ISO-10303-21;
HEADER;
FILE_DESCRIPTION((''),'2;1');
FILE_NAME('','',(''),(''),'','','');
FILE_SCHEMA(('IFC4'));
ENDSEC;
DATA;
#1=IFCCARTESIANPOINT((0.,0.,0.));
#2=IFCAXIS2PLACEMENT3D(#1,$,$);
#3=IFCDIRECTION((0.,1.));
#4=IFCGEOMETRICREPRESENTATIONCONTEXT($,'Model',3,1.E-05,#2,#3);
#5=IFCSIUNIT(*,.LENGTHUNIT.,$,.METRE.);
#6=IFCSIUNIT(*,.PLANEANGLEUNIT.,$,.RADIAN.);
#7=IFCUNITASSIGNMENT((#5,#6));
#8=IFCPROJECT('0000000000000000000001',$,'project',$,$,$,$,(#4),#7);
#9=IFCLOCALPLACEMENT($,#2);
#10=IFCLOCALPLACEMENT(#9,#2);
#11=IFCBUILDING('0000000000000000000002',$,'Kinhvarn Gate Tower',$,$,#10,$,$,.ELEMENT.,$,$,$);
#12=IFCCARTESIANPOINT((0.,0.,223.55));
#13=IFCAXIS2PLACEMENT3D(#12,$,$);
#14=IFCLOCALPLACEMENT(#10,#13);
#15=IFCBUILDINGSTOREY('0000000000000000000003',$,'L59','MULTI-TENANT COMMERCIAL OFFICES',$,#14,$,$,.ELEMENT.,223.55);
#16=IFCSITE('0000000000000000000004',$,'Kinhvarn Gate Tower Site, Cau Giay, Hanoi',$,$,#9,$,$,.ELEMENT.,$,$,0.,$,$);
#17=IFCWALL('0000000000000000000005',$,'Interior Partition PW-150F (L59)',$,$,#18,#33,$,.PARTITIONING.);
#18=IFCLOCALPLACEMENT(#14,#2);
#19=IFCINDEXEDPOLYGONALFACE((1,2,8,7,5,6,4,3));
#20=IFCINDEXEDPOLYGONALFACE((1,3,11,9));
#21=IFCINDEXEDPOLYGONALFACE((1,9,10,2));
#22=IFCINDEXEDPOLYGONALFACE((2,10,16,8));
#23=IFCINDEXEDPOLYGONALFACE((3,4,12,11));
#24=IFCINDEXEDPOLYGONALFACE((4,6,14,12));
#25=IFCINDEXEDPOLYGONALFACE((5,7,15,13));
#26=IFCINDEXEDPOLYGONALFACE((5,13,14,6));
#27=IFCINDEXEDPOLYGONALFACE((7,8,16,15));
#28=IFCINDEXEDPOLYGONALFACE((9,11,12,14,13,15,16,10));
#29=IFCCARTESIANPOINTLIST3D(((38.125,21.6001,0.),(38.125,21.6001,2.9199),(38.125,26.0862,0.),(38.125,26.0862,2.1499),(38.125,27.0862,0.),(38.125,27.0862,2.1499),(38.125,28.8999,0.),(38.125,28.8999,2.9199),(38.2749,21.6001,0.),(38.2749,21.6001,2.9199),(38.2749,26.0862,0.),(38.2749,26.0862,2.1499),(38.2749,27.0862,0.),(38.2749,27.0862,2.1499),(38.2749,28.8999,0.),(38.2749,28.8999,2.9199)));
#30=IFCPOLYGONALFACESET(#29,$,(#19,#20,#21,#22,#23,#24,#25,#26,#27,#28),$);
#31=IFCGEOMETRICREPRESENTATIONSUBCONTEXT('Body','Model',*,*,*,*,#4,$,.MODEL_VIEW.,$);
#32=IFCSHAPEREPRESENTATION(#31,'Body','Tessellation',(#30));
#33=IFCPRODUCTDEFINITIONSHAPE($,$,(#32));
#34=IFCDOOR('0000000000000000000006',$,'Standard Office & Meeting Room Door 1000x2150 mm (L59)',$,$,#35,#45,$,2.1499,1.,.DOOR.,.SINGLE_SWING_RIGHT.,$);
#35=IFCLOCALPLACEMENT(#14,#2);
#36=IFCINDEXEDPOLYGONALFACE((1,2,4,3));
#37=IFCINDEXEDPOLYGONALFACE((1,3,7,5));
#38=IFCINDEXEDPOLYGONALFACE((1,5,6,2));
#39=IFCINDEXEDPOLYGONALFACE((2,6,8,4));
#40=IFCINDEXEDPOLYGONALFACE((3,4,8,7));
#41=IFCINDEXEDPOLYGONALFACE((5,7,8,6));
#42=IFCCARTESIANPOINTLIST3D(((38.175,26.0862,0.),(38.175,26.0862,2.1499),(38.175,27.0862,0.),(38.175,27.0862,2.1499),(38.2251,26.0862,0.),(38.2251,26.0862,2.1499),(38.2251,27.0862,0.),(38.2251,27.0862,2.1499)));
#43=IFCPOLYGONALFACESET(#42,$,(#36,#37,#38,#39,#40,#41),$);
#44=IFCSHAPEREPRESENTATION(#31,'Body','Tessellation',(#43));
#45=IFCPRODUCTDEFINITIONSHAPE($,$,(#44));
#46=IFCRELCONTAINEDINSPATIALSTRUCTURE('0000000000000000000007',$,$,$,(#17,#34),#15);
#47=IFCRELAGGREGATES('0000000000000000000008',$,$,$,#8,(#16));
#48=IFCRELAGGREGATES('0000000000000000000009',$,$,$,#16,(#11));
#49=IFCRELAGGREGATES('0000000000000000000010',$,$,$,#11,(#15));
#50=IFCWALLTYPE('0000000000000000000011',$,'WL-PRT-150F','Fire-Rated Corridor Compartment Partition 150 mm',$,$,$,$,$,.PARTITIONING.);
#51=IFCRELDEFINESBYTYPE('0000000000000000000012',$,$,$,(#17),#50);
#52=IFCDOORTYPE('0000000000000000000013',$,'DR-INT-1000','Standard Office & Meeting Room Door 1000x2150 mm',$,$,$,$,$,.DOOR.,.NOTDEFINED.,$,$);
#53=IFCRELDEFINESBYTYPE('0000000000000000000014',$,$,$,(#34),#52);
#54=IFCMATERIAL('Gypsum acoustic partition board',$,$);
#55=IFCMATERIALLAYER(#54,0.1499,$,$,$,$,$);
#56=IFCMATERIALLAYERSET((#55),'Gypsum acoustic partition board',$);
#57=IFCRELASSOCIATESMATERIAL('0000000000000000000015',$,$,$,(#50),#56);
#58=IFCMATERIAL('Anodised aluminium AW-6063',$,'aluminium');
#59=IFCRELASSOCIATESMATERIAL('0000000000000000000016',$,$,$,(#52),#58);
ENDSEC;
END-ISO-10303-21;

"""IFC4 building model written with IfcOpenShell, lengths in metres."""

from ifc_helpers import new_model, si_unit, direction, frame, frame_2d, origin, place, context, subcontext, project, spatial, rectangle, extrude, material, layer, layer_set, type_object, element, fill, save


model = new_model("IFC4")

# Units and contexts
model_context = context("Model", 3, precision=1e-05, world=origin(), true_north=direction((0.0, 1.0)))
body_context = subcontext(model_context, "Body", "Model", "MODEL_VIEW")
ifc_project = project(units=[si_unit("LENGTHUNIT", "METRE"), si_unit("PLANEANGLEUNIT", "RADIAN")], contexts=[model_context])

# Site, building, storey
site_placement = place(None, origin())
site = spatial("IfcSite", under=ifc_project, at=site_placement, Name="Kinhvarn Gate Tower Site, Cau Giay, Hanoi", CompositionType="ELEMENT", RefElevation=0.0)
building_placement = place(site_placement, origin())
building = spatial("IfcBuilding", under=site, at=building_placement, Name="Kinhvarn Gate Tower", CompositionType="ELEMENT")
storey_placement = place(building_placement, frame((0.0, 0.0, 223.55)))
storey = spatial("IfcBuildingStorey", under=building, at=storey_placement, Name="L59", Description="MULTI-TENANT COMMERCIAL OFFICES", CompositionType="ELEMENT", Elevation=223.55)

# Shared definitions
ifc_material_1 = material(Name="Anodised aluminium AW-6063", Category="aluminium")

# Shared definitions
ifc_material_2 = material(Name="Gypsum acoustic partition board")

# Shared definitions
ifc_layer_1 = layer(ifc_material_2, 0.1499)
ifc_layer_set_1 = layer_set([ifc_layer_1], Name="Gypsum acoustic partition board")
wall_type_1 = type_object("IfcWallType", Name="WL-PRT-150F", Description="Fire-Rated Corridor Compartment Partition 150 mm", PredefinedType="PARTITIONING", material=ifc_layer_set_1)
door_type = type_object("IfcDoorType", Name="DR-INT-1000", Description="Standard Office & Meeting Room Door 1000x2150 mm", OperationType="NOTDEFINED", PredefinedType="DOOR", material=ifc_material_1)

# Wall, opening, door
wall_1_placement = place(storey_placement, frame((38.2, 21.6001, 0.0), z_axis=(0.0, 0.0, 1.0), x_axis=(0.0, 1.0, 0.0)))
wall_1 = element("IfcWall", 1, at=wall_1_placement, inside=storey, type_object=wall_type_1, Name="Interior Partition PW-150F (L59)", PredefinedType="PARTITIONING", context=body_context, shape_type="SweptSolid", body=[
    extrude(rectangle(XDim=7.2998, YDim=0.1499, at=frame_2d((3.6499, 0.0))), origin(), (0.0, 0.0, 1.0), 2.9199),
])
opening_1_placement = place(wall_1_placement, frame((4.4861, 0.0, 0.0)))
opening_1 = element("IfcOpeningElement", 2, at=opening_1_placement, cuts=wall_1, PredefinedType="OPENING", context=body_context, shape_type="SweptSolid", body=[
    extrude(rectangle(XDim=1.0, YDim=2.1499, at=frame_2d((0.5, 1.075))), frame((0.0, 0.085, 0.0), z_axis=(0.0, -1.0, 0.0), x_axis=(1.0, 0.0, 0.0)), (0.0, 0.0, 1.0), 0.1699),
])
door_1_placement = place(opening_1_placement, origin())
door_1 = element("IfcDoor", 3, at=door_1_placement, inside=storey, type_object=door_type, Name="Standard Office & Meeting Room Door 1000x2150 mm (L59)", OperationType="SINGLE_SWING_RIGHT", OverallHeight=2.1499, OverallWidth=1.0, PredefinedType="DOOR", context=body_context, shape_type="SweptSolid", body=[
    extrude(rectangle(XDim=1.0, YDim=2.1499, at=frame_2d((0.5, 1.075))), frame((0.0, 0.0249, 0.0), z_axis=(0.0, -1.0, 0.0), x_axis=(1.0, 0.0, 0.0)), (0.0, 0.0, 1.0), 0.05),
])
fill(opening_1, door_1)

save(model, "model.ifc")
